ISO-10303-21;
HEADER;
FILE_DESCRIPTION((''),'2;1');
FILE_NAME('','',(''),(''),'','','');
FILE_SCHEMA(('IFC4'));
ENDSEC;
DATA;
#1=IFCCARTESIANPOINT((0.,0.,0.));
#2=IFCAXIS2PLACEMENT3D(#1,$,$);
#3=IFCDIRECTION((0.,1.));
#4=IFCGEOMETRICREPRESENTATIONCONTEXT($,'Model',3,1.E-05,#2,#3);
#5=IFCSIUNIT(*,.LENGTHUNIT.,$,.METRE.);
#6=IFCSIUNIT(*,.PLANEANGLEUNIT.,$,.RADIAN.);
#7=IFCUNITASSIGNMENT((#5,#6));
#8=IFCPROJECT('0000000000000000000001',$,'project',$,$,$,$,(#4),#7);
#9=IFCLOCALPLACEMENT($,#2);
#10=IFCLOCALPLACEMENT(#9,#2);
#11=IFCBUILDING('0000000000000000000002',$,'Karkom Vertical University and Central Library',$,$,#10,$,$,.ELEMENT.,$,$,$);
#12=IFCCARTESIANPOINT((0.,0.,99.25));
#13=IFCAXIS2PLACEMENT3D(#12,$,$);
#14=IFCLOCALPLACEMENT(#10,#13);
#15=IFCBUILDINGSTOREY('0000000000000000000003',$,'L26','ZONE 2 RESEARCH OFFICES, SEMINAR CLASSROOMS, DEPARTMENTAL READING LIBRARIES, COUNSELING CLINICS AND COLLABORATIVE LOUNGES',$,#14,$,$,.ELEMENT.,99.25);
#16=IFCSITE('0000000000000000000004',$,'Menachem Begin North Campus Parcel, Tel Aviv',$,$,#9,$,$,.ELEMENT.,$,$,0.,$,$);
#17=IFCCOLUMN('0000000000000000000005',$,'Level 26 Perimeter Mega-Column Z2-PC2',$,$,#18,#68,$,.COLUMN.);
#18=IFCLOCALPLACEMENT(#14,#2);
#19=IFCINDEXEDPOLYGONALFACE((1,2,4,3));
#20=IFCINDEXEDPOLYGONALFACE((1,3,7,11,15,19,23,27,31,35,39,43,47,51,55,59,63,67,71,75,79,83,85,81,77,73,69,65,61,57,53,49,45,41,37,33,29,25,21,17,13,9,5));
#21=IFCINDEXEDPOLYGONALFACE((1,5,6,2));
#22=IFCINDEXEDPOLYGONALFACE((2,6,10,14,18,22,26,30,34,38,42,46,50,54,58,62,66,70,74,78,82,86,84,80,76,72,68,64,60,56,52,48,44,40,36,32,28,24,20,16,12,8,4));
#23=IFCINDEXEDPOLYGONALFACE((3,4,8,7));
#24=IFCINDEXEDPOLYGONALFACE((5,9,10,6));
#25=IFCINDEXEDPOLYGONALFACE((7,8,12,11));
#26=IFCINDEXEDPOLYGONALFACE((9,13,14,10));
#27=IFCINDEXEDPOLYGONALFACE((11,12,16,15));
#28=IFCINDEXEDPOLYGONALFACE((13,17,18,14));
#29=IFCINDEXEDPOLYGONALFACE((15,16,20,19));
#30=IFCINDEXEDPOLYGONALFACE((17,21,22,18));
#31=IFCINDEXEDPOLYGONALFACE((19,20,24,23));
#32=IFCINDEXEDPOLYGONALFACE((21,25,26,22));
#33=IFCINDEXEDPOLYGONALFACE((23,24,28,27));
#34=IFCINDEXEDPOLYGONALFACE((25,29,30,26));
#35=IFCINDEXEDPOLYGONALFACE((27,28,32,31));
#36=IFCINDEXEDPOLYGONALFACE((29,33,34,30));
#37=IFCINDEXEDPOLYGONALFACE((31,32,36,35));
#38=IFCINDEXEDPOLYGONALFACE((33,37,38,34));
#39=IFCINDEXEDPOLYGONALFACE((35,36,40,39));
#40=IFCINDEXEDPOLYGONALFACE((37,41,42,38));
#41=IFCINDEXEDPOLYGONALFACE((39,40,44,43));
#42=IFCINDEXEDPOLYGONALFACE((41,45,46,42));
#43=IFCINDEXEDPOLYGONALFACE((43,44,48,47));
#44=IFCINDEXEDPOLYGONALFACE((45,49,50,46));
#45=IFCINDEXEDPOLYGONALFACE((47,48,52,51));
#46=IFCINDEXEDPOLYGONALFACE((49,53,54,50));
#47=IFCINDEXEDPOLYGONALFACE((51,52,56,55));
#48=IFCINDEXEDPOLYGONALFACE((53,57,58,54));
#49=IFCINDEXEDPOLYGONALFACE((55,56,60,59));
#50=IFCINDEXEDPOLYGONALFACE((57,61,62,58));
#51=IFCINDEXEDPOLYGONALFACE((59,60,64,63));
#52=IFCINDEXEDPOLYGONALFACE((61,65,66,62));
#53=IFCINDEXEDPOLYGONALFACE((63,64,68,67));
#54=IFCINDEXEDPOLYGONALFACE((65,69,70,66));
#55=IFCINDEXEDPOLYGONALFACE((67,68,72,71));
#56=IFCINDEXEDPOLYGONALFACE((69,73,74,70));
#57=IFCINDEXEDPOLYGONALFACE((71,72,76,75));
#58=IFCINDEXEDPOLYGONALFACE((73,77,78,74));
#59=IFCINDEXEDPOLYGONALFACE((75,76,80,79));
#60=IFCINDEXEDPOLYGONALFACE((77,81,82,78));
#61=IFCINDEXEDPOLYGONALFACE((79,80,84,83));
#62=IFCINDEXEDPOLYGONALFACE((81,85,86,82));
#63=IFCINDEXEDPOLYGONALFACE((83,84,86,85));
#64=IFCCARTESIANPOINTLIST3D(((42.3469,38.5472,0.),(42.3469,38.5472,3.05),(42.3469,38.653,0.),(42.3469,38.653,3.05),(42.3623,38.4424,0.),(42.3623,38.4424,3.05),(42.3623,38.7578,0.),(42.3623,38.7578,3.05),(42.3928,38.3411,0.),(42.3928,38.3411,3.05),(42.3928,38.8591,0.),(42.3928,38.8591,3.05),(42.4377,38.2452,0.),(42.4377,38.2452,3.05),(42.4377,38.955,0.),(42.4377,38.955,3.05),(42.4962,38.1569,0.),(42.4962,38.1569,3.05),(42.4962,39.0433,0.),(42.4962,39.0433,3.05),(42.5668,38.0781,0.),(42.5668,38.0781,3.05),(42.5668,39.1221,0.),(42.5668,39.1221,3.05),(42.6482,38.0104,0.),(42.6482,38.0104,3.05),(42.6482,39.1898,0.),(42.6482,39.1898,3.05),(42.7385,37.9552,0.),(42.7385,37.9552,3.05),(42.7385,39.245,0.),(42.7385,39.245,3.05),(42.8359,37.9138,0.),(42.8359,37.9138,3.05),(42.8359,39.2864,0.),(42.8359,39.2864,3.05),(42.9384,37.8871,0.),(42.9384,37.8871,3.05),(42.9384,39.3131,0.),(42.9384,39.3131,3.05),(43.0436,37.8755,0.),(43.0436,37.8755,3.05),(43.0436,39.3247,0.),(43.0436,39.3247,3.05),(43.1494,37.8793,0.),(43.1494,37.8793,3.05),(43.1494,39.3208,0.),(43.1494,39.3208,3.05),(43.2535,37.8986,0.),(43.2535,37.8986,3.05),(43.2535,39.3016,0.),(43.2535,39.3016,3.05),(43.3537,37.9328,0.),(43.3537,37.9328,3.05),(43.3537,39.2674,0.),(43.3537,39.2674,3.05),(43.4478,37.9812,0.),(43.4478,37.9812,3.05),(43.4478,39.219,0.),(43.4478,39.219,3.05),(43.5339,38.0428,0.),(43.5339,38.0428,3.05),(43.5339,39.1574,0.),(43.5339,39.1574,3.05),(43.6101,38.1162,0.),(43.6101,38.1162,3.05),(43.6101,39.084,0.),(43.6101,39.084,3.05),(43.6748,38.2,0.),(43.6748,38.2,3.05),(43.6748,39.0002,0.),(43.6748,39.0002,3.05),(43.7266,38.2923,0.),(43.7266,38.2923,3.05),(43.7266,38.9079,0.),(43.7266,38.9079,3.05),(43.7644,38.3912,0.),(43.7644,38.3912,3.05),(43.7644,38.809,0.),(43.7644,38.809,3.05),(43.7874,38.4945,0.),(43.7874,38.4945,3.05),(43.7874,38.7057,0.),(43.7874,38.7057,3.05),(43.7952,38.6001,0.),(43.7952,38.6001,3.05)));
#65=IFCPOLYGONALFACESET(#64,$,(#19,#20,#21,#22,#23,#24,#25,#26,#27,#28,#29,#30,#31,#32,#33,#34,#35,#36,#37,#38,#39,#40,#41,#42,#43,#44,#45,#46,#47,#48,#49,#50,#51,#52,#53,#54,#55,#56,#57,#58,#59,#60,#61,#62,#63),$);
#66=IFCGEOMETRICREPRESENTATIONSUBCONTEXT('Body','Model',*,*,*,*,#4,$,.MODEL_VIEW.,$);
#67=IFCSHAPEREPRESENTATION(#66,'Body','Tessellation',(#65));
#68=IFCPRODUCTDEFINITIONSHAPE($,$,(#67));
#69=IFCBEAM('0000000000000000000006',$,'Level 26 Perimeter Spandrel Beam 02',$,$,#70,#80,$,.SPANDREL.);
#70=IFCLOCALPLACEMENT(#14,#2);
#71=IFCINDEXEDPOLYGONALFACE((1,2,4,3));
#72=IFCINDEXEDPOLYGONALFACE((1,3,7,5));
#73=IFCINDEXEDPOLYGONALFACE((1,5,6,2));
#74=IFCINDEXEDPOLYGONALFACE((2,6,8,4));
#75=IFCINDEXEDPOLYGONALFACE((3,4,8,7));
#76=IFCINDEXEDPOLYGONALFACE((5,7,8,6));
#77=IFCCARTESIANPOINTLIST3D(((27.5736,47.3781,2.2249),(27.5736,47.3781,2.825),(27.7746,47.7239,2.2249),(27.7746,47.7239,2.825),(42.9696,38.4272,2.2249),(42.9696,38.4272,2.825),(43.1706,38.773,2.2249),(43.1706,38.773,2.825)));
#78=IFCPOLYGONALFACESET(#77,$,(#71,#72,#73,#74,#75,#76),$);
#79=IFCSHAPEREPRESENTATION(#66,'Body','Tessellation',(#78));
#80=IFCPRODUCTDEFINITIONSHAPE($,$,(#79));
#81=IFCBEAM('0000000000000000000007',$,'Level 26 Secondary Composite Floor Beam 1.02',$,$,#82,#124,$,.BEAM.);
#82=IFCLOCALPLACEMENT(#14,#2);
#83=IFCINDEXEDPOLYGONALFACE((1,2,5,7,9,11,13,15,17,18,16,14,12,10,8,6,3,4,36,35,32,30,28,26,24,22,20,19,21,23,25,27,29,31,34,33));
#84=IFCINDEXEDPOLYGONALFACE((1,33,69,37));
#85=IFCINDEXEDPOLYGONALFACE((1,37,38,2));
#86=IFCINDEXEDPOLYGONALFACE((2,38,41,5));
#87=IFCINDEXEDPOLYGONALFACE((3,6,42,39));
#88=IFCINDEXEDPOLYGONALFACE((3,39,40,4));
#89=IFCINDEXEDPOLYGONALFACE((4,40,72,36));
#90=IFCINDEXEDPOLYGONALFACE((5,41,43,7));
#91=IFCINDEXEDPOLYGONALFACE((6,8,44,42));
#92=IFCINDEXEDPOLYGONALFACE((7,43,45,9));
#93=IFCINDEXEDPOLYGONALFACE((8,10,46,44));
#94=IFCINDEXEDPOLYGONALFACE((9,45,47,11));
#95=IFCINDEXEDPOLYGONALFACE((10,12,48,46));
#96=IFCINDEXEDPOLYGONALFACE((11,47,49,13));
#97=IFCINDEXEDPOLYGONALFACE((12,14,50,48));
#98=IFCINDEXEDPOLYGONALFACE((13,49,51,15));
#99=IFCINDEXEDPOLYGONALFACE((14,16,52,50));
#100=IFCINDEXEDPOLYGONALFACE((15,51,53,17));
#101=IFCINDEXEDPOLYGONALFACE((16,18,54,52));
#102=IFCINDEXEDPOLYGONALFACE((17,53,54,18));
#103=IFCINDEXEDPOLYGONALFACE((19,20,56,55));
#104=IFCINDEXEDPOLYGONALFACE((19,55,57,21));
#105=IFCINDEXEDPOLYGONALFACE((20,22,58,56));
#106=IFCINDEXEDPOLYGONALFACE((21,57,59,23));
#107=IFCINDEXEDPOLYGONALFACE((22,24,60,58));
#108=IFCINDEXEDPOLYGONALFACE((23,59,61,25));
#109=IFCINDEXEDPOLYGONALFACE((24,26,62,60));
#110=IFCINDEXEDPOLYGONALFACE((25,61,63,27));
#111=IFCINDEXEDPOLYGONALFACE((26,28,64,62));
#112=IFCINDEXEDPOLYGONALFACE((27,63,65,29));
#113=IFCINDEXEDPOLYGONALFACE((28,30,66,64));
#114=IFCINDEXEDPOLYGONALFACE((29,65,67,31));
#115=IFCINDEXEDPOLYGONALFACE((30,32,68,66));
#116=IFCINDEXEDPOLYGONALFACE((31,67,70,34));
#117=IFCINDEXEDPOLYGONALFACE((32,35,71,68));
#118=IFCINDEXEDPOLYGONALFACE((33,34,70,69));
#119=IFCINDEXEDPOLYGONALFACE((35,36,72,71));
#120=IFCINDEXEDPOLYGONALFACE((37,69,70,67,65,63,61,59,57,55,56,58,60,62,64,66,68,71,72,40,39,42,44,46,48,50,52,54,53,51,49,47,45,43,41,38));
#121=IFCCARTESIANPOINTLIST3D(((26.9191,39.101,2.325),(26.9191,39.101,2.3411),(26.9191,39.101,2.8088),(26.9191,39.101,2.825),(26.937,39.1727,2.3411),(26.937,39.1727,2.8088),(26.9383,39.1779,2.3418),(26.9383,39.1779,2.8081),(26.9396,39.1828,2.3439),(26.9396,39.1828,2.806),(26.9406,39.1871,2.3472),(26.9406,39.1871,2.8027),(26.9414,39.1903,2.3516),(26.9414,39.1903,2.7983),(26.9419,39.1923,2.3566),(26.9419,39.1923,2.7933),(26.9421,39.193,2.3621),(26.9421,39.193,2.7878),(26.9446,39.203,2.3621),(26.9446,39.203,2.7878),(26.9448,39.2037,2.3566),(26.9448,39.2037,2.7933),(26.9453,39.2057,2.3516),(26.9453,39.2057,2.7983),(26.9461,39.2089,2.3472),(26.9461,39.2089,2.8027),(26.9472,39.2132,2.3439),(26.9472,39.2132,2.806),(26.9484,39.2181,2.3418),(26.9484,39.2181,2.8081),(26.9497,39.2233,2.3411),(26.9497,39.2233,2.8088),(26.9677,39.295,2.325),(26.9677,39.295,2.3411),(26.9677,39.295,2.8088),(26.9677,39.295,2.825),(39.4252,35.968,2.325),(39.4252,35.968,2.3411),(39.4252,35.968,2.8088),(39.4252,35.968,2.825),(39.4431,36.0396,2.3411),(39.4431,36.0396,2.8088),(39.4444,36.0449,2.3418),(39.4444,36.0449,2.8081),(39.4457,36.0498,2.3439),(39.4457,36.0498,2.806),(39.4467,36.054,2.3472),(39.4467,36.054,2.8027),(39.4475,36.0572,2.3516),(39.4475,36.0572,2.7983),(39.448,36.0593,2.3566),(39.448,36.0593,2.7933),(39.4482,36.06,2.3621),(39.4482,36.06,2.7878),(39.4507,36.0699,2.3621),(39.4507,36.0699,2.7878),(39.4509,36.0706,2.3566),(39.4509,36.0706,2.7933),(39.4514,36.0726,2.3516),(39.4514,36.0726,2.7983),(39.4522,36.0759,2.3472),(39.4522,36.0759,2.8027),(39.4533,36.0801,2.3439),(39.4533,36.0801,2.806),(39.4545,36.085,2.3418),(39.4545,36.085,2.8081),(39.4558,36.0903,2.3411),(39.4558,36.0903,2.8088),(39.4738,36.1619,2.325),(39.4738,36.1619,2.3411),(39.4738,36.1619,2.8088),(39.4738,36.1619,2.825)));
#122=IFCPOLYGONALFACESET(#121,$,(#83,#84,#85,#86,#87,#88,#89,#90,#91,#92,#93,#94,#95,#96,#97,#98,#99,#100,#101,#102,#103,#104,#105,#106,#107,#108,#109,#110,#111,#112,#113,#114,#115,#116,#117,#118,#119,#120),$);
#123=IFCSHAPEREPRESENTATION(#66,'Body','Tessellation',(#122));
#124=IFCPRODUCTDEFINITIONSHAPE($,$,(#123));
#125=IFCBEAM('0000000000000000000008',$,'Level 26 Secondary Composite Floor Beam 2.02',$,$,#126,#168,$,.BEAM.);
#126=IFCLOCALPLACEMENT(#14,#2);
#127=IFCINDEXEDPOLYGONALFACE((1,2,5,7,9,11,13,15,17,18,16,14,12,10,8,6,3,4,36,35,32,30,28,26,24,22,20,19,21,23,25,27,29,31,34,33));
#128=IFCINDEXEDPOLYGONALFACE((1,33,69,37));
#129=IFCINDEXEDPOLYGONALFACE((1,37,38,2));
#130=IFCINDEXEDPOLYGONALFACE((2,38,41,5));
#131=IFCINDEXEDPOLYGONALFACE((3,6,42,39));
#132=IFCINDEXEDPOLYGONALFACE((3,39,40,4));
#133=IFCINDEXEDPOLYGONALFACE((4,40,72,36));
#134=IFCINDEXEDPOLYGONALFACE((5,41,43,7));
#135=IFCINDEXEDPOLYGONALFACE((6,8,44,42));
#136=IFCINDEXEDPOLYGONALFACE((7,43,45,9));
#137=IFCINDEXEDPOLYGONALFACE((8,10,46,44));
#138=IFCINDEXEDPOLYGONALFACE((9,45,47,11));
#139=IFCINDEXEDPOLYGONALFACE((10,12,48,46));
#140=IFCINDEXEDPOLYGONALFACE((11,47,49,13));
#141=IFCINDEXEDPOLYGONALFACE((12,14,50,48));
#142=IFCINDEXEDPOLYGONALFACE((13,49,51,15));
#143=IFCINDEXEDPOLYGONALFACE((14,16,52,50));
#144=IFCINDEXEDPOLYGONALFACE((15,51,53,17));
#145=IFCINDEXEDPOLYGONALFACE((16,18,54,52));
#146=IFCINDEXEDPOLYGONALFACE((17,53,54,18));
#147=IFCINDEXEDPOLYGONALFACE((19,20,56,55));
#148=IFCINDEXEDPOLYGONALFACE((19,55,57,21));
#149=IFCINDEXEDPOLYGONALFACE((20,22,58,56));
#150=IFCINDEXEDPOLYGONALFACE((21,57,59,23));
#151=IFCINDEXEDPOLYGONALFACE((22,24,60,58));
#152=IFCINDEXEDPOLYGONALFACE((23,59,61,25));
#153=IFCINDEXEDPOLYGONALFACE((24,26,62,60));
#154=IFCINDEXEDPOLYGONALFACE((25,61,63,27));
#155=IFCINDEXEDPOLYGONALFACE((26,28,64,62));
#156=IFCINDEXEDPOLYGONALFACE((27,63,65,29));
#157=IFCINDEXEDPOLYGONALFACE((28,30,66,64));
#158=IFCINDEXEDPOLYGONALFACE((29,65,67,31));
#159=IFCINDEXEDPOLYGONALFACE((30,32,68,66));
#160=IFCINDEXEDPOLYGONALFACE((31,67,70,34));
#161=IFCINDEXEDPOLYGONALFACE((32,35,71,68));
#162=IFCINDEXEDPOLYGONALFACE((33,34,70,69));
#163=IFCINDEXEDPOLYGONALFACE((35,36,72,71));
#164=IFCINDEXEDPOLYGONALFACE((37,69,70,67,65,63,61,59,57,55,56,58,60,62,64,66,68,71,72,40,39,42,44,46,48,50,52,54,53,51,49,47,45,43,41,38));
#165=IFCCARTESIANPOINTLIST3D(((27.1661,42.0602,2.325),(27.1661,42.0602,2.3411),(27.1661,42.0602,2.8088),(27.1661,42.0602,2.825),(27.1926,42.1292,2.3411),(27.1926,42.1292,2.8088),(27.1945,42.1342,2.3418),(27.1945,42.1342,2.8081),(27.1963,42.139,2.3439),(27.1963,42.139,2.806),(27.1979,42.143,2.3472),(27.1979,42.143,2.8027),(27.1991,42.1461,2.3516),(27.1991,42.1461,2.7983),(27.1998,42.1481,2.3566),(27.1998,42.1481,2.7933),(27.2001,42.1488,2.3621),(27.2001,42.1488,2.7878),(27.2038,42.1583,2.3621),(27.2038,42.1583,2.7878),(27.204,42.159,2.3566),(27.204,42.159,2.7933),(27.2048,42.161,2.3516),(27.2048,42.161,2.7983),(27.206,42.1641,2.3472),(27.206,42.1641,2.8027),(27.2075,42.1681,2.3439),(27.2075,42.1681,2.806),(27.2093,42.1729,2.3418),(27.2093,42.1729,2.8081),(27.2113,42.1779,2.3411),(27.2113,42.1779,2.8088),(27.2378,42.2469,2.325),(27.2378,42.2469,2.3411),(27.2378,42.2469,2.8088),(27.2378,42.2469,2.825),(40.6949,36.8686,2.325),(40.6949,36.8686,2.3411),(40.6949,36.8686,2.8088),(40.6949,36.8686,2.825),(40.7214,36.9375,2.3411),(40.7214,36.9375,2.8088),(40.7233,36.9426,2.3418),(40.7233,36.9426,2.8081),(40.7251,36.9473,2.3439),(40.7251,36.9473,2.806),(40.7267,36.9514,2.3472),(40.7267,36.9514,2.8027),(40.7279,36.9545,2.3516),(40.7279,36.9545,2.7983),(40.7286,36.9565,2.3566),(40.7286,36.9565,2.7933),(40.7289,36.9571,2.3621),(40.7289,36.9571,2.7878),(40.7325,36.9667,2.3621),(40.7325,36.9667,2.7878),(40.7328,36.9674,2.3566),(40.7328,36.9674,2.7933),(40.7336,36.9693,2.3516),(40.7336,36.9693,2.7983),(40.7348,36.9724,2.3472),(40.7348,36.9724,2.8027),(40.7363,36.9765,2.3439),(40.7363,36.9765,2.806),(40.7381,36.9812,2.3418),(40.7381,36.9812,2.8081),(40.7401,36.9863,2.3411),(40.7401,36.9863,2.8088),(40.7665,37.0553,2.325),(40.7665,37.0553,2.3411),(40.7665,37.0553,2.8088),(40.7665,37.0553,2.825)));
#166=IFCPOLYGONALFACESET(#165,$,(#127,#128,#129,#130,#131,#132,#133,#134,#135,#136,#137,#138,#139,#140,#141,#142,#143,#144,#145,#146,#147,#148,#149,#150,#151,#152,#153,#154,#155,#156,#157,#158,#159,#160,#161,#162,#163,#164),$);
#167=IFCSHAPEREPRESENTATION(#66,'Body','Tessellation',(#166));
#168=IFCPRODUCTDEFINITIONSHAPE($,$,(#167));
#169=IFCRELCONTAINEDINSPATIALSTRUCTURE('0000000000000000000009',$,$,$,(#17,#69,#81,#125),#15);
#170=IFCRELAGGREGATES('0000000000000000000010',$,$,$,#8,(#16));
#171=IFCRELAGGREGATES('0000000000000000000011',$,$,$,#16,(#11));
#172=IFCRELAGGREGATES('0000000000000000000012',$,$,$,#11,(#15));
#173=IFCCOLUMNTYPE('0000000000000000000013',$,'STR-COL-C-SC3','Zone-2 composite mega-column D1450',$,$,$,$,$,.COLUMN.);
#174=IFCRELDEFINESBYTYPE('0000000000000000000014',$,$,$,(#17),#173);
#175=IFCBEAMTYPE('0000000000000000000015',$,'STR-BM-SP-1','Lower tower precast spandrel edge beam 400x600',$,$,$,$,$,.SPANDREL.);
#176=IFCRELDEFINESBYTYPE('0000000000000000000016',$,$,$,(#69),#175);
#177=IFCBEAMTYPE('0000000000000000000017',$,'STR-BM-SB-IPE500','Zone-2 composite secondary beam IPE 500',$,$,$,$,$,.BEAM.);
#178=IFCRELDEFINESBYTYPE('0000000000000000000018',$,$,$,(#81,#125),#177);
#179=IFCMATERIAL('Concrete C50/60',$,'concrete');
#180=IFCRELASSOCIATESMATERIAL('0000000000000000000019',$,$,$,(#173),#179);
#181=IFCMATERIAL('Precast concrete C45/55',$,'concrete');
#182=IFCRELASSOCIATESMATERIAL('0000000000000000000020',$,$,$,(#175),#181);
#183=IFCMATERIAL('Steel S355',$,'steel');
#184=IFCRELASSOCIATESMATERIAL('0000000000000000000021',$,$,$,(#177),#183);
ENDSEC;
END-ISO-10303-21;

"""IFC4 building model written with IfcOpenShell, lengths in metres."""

from ifc_helpers import new_model, si_unit, direction, frame, origin, origin_with_axes, origin_2d, place, context, subcontext, project, spatial, rectangle, circle, i_section, extrude, source, transform, mapped, material, material_profile, profile_set, type_object, element, save


model = new_model("IFC4")

# Units and contexts
model_context = context("Model", 3, precision=1e-05, world=origin(), true_north=direction((0.0, 1.0)))
body_context = subcontext(model_context, "Body", "Model", "MODEL_VIEW")
ifc_project = project(units=[si_unit("LENGTHUNIT", "METRE"), si_unit("PLANEANGLEUNIT", "RADIAN")], contexts=[model_context])

# Site, building, storey
site_placement = place(None, origin())
site = spatial("IfcSite", under=ifc_project, at=site_placement, Name="Menachem Begin North Campus Parcel, Tel Aviv", CompositionType="ELEMENT", RefElevation=0.0)
building_placement = place(site_placement, origin())
building = spatial("IfcBuilding", under=site, at=building_placement, Name="Karkom Vertical University and Central Library", CompositionType="ELEMENT")
storey_placement = place(building_placement, frame((0.0, 0.0, 99.25)))
storey = spatial("IfcBuildingStorey", under=building, at=storey_placement, Name="L26", Description="ZONE 2 RESEARCH OFFICES, SEMINAR CLASSROOMS, DEPARTMENTAL READING LIBRARIES, COUNSELING CLINICS AND COLLABORATIVE LOUNGES", CompositionType="ELEMENT", Elevation=99.25)

# Column
ifc_material_1 = material(Name="Concrete C50/60", Category="concrete")
ifc_material_profile_1 = material_profile(ifc_material_1, circle(Radius=0.7251, at=origin_2d()), Name="CFT-D1450")
ifc_profile_set_1 = profile_set([ifc_material_profile_1], Name="Concrete C50/60")
column_type = type_object("IfcColumnType", Name="STR-COL-C-SC3", Description="Zone-2 composite mega-column D1450", PredefinedType="COLUMN", material=ifc_profile_set_1)
shared_shape_1 = source(origin_with_axes(), body_context, "Body", "SweptSolid", [
    extrude(circle(Radius=0.7251, at=origin_2d()), origin(), (0.0, 0.0, 1.0), 3.05),
])
column_placement = place(storey_placement, frame((43.0701, 38.6001, 0.0), z_axis=(0.0, 0.0, 1.0), x_axis=(1.0, 0.0, 0.0)))
element("IfcColumn", 1, at=column_placement, inside=storey, type_object=column_type, Name="Level 26 Perimeter Mega-Column Z2-PC2", PredefinedType="COLUMN", context=body_context, shape_type="MappedRepresentation", body=[
    mapped(shared_shape_1, transform((0.0, 0.0, 0.0), scale=1.0)),
])

# Beams
ifc_material_2 = material(Name="Precast concrete C45/55", Category="concrete")
ifc_material_profile_2 = material_profile(ifc_material_2, rectangle(XDim=0.3999, YDim=0.6001, at=origin_2d()), Name="SPB-400x600")
ifc_profile_set_2 = profile_set([ifc_material_profile_2], Name="Precast concrete C45/55")
beam_type_1 = type_object("IfcBeamType", Name="STR-BM-SP-1", Description="Lower tower precast spandrel edge beam 400x600", PredefinedType="SPANDREL", material=ifc_profile_set_2)
shared_shape_2 = source(origin_with_axes(), body_context, "Body", "SweptSolid", [
    extrude(rectangle(XDim=0.3999, YDim=0.6001, at=origin_2d()), origin(), (0.0, 0.0, 1.0), 17.8088),
])
beam_1_placement = place(storey_placement, frame((43.0701, 38.6001, 2.5249), z_axis=(-0.864513, 0.502611, 0.0), x_axis=(-0.502611, -0.864513, 0.0)))
element("IfcBeam", 2, at=beam_1_placement, inside=storey, type_object=beam_type_1, Name="Level 26 Perimeter Spandrel Beam 02", PredefinedType="SPANDREL", context=body_context, shape_type="MappedRepresentation", body=[
    mapped(shared_shape_2, transform((0.0, 0.0, 0.0), scale=1.0)),
])
ifc_material_3 = material(Name="Steel S355", Category="steel")
ifc_material_profile_3 = material_profile(ifc_material_3, i_section(OverallWidth=0.2, OverallDepth=0.5, WebThickness=0.0103, FlangeThickness=0.0161, FilletRadius=0.021, at=origin_2d()), Name="IPE 500")
ifc_profile_set_3 = profile_set([ifc_material_profile_3], Name="Steel S355")
beam_type_2 = type_object("IfcBeamType", Name="STR-BM-SB-IPE500", Description="Zone-2 composite secondary beam IPE 500", PredefinedType="BEAM", material=ifc_profile_set_3)
shared_shape_3 = source(origin_with_axes(), body_context, "Body", "SweptSolid", [
    extrude(i_section(OverallWidth=0.2, OverallDepth=0.5, WebThickness=0.0103, FlangeThickness=0.0161, FilletRadius=0.021, at=origin_2d()), origin(), (0.0, 0.0, 1.0), 12.8926),
])
beam_2_placement = place(storey_placement, frame((39.4495, 36.0649, 2.575), z_axis=(-0.970023, 0.243012, 0.0), x_axis=(-0.243012, -0.970023, 0.0)))
element("IfcBeam", 3, at=beam_2_placement, inside=storey, type_object=beam_type_2, Name="Level 26 Secondary Composite Floor Beam 1.02", PredefinedType="BEAM", context=body_context, shape_type="MappedRepresentation", body=[
    mapped(shared_shape_3, transform((0.0, 0.0, 0.0), scale=1.0)),
])
shared_shape_4 = source(origin_with_axes(), body_context, "Body", "SweptSolid", [
    extrude(i_section(OverallWidth=0.2, OverallDepth=0.5, WebThickness=0.0103, FlangeThickness=0.0161, FilletRadius=0.021, at=origin_2d()), origin(), (0.0, 0.0, 1.0), 14.4907),
])
beam_3_placement = place(storey_placement, frame((40.7307, 36.9619, 2.575), z_axis=(-0.933617, 0.358273, 0.0), x_axis=(-0.358273, -0.933617, 0.0)))
element("IfcBeam", 4, at=beam_3_placement, inside=storey, type_object=beam_type_2, Name="Level 26 Secondary Composite Floor Beam 2.02", PredefinedType="BEAM", context=body_context, shape_type="MappedRepresentation", body=[
    mapped(shared_shape_4, transform((0.0, 0.0, 0.0), scale=1.0)),
])

save(model, "model.ifc")
